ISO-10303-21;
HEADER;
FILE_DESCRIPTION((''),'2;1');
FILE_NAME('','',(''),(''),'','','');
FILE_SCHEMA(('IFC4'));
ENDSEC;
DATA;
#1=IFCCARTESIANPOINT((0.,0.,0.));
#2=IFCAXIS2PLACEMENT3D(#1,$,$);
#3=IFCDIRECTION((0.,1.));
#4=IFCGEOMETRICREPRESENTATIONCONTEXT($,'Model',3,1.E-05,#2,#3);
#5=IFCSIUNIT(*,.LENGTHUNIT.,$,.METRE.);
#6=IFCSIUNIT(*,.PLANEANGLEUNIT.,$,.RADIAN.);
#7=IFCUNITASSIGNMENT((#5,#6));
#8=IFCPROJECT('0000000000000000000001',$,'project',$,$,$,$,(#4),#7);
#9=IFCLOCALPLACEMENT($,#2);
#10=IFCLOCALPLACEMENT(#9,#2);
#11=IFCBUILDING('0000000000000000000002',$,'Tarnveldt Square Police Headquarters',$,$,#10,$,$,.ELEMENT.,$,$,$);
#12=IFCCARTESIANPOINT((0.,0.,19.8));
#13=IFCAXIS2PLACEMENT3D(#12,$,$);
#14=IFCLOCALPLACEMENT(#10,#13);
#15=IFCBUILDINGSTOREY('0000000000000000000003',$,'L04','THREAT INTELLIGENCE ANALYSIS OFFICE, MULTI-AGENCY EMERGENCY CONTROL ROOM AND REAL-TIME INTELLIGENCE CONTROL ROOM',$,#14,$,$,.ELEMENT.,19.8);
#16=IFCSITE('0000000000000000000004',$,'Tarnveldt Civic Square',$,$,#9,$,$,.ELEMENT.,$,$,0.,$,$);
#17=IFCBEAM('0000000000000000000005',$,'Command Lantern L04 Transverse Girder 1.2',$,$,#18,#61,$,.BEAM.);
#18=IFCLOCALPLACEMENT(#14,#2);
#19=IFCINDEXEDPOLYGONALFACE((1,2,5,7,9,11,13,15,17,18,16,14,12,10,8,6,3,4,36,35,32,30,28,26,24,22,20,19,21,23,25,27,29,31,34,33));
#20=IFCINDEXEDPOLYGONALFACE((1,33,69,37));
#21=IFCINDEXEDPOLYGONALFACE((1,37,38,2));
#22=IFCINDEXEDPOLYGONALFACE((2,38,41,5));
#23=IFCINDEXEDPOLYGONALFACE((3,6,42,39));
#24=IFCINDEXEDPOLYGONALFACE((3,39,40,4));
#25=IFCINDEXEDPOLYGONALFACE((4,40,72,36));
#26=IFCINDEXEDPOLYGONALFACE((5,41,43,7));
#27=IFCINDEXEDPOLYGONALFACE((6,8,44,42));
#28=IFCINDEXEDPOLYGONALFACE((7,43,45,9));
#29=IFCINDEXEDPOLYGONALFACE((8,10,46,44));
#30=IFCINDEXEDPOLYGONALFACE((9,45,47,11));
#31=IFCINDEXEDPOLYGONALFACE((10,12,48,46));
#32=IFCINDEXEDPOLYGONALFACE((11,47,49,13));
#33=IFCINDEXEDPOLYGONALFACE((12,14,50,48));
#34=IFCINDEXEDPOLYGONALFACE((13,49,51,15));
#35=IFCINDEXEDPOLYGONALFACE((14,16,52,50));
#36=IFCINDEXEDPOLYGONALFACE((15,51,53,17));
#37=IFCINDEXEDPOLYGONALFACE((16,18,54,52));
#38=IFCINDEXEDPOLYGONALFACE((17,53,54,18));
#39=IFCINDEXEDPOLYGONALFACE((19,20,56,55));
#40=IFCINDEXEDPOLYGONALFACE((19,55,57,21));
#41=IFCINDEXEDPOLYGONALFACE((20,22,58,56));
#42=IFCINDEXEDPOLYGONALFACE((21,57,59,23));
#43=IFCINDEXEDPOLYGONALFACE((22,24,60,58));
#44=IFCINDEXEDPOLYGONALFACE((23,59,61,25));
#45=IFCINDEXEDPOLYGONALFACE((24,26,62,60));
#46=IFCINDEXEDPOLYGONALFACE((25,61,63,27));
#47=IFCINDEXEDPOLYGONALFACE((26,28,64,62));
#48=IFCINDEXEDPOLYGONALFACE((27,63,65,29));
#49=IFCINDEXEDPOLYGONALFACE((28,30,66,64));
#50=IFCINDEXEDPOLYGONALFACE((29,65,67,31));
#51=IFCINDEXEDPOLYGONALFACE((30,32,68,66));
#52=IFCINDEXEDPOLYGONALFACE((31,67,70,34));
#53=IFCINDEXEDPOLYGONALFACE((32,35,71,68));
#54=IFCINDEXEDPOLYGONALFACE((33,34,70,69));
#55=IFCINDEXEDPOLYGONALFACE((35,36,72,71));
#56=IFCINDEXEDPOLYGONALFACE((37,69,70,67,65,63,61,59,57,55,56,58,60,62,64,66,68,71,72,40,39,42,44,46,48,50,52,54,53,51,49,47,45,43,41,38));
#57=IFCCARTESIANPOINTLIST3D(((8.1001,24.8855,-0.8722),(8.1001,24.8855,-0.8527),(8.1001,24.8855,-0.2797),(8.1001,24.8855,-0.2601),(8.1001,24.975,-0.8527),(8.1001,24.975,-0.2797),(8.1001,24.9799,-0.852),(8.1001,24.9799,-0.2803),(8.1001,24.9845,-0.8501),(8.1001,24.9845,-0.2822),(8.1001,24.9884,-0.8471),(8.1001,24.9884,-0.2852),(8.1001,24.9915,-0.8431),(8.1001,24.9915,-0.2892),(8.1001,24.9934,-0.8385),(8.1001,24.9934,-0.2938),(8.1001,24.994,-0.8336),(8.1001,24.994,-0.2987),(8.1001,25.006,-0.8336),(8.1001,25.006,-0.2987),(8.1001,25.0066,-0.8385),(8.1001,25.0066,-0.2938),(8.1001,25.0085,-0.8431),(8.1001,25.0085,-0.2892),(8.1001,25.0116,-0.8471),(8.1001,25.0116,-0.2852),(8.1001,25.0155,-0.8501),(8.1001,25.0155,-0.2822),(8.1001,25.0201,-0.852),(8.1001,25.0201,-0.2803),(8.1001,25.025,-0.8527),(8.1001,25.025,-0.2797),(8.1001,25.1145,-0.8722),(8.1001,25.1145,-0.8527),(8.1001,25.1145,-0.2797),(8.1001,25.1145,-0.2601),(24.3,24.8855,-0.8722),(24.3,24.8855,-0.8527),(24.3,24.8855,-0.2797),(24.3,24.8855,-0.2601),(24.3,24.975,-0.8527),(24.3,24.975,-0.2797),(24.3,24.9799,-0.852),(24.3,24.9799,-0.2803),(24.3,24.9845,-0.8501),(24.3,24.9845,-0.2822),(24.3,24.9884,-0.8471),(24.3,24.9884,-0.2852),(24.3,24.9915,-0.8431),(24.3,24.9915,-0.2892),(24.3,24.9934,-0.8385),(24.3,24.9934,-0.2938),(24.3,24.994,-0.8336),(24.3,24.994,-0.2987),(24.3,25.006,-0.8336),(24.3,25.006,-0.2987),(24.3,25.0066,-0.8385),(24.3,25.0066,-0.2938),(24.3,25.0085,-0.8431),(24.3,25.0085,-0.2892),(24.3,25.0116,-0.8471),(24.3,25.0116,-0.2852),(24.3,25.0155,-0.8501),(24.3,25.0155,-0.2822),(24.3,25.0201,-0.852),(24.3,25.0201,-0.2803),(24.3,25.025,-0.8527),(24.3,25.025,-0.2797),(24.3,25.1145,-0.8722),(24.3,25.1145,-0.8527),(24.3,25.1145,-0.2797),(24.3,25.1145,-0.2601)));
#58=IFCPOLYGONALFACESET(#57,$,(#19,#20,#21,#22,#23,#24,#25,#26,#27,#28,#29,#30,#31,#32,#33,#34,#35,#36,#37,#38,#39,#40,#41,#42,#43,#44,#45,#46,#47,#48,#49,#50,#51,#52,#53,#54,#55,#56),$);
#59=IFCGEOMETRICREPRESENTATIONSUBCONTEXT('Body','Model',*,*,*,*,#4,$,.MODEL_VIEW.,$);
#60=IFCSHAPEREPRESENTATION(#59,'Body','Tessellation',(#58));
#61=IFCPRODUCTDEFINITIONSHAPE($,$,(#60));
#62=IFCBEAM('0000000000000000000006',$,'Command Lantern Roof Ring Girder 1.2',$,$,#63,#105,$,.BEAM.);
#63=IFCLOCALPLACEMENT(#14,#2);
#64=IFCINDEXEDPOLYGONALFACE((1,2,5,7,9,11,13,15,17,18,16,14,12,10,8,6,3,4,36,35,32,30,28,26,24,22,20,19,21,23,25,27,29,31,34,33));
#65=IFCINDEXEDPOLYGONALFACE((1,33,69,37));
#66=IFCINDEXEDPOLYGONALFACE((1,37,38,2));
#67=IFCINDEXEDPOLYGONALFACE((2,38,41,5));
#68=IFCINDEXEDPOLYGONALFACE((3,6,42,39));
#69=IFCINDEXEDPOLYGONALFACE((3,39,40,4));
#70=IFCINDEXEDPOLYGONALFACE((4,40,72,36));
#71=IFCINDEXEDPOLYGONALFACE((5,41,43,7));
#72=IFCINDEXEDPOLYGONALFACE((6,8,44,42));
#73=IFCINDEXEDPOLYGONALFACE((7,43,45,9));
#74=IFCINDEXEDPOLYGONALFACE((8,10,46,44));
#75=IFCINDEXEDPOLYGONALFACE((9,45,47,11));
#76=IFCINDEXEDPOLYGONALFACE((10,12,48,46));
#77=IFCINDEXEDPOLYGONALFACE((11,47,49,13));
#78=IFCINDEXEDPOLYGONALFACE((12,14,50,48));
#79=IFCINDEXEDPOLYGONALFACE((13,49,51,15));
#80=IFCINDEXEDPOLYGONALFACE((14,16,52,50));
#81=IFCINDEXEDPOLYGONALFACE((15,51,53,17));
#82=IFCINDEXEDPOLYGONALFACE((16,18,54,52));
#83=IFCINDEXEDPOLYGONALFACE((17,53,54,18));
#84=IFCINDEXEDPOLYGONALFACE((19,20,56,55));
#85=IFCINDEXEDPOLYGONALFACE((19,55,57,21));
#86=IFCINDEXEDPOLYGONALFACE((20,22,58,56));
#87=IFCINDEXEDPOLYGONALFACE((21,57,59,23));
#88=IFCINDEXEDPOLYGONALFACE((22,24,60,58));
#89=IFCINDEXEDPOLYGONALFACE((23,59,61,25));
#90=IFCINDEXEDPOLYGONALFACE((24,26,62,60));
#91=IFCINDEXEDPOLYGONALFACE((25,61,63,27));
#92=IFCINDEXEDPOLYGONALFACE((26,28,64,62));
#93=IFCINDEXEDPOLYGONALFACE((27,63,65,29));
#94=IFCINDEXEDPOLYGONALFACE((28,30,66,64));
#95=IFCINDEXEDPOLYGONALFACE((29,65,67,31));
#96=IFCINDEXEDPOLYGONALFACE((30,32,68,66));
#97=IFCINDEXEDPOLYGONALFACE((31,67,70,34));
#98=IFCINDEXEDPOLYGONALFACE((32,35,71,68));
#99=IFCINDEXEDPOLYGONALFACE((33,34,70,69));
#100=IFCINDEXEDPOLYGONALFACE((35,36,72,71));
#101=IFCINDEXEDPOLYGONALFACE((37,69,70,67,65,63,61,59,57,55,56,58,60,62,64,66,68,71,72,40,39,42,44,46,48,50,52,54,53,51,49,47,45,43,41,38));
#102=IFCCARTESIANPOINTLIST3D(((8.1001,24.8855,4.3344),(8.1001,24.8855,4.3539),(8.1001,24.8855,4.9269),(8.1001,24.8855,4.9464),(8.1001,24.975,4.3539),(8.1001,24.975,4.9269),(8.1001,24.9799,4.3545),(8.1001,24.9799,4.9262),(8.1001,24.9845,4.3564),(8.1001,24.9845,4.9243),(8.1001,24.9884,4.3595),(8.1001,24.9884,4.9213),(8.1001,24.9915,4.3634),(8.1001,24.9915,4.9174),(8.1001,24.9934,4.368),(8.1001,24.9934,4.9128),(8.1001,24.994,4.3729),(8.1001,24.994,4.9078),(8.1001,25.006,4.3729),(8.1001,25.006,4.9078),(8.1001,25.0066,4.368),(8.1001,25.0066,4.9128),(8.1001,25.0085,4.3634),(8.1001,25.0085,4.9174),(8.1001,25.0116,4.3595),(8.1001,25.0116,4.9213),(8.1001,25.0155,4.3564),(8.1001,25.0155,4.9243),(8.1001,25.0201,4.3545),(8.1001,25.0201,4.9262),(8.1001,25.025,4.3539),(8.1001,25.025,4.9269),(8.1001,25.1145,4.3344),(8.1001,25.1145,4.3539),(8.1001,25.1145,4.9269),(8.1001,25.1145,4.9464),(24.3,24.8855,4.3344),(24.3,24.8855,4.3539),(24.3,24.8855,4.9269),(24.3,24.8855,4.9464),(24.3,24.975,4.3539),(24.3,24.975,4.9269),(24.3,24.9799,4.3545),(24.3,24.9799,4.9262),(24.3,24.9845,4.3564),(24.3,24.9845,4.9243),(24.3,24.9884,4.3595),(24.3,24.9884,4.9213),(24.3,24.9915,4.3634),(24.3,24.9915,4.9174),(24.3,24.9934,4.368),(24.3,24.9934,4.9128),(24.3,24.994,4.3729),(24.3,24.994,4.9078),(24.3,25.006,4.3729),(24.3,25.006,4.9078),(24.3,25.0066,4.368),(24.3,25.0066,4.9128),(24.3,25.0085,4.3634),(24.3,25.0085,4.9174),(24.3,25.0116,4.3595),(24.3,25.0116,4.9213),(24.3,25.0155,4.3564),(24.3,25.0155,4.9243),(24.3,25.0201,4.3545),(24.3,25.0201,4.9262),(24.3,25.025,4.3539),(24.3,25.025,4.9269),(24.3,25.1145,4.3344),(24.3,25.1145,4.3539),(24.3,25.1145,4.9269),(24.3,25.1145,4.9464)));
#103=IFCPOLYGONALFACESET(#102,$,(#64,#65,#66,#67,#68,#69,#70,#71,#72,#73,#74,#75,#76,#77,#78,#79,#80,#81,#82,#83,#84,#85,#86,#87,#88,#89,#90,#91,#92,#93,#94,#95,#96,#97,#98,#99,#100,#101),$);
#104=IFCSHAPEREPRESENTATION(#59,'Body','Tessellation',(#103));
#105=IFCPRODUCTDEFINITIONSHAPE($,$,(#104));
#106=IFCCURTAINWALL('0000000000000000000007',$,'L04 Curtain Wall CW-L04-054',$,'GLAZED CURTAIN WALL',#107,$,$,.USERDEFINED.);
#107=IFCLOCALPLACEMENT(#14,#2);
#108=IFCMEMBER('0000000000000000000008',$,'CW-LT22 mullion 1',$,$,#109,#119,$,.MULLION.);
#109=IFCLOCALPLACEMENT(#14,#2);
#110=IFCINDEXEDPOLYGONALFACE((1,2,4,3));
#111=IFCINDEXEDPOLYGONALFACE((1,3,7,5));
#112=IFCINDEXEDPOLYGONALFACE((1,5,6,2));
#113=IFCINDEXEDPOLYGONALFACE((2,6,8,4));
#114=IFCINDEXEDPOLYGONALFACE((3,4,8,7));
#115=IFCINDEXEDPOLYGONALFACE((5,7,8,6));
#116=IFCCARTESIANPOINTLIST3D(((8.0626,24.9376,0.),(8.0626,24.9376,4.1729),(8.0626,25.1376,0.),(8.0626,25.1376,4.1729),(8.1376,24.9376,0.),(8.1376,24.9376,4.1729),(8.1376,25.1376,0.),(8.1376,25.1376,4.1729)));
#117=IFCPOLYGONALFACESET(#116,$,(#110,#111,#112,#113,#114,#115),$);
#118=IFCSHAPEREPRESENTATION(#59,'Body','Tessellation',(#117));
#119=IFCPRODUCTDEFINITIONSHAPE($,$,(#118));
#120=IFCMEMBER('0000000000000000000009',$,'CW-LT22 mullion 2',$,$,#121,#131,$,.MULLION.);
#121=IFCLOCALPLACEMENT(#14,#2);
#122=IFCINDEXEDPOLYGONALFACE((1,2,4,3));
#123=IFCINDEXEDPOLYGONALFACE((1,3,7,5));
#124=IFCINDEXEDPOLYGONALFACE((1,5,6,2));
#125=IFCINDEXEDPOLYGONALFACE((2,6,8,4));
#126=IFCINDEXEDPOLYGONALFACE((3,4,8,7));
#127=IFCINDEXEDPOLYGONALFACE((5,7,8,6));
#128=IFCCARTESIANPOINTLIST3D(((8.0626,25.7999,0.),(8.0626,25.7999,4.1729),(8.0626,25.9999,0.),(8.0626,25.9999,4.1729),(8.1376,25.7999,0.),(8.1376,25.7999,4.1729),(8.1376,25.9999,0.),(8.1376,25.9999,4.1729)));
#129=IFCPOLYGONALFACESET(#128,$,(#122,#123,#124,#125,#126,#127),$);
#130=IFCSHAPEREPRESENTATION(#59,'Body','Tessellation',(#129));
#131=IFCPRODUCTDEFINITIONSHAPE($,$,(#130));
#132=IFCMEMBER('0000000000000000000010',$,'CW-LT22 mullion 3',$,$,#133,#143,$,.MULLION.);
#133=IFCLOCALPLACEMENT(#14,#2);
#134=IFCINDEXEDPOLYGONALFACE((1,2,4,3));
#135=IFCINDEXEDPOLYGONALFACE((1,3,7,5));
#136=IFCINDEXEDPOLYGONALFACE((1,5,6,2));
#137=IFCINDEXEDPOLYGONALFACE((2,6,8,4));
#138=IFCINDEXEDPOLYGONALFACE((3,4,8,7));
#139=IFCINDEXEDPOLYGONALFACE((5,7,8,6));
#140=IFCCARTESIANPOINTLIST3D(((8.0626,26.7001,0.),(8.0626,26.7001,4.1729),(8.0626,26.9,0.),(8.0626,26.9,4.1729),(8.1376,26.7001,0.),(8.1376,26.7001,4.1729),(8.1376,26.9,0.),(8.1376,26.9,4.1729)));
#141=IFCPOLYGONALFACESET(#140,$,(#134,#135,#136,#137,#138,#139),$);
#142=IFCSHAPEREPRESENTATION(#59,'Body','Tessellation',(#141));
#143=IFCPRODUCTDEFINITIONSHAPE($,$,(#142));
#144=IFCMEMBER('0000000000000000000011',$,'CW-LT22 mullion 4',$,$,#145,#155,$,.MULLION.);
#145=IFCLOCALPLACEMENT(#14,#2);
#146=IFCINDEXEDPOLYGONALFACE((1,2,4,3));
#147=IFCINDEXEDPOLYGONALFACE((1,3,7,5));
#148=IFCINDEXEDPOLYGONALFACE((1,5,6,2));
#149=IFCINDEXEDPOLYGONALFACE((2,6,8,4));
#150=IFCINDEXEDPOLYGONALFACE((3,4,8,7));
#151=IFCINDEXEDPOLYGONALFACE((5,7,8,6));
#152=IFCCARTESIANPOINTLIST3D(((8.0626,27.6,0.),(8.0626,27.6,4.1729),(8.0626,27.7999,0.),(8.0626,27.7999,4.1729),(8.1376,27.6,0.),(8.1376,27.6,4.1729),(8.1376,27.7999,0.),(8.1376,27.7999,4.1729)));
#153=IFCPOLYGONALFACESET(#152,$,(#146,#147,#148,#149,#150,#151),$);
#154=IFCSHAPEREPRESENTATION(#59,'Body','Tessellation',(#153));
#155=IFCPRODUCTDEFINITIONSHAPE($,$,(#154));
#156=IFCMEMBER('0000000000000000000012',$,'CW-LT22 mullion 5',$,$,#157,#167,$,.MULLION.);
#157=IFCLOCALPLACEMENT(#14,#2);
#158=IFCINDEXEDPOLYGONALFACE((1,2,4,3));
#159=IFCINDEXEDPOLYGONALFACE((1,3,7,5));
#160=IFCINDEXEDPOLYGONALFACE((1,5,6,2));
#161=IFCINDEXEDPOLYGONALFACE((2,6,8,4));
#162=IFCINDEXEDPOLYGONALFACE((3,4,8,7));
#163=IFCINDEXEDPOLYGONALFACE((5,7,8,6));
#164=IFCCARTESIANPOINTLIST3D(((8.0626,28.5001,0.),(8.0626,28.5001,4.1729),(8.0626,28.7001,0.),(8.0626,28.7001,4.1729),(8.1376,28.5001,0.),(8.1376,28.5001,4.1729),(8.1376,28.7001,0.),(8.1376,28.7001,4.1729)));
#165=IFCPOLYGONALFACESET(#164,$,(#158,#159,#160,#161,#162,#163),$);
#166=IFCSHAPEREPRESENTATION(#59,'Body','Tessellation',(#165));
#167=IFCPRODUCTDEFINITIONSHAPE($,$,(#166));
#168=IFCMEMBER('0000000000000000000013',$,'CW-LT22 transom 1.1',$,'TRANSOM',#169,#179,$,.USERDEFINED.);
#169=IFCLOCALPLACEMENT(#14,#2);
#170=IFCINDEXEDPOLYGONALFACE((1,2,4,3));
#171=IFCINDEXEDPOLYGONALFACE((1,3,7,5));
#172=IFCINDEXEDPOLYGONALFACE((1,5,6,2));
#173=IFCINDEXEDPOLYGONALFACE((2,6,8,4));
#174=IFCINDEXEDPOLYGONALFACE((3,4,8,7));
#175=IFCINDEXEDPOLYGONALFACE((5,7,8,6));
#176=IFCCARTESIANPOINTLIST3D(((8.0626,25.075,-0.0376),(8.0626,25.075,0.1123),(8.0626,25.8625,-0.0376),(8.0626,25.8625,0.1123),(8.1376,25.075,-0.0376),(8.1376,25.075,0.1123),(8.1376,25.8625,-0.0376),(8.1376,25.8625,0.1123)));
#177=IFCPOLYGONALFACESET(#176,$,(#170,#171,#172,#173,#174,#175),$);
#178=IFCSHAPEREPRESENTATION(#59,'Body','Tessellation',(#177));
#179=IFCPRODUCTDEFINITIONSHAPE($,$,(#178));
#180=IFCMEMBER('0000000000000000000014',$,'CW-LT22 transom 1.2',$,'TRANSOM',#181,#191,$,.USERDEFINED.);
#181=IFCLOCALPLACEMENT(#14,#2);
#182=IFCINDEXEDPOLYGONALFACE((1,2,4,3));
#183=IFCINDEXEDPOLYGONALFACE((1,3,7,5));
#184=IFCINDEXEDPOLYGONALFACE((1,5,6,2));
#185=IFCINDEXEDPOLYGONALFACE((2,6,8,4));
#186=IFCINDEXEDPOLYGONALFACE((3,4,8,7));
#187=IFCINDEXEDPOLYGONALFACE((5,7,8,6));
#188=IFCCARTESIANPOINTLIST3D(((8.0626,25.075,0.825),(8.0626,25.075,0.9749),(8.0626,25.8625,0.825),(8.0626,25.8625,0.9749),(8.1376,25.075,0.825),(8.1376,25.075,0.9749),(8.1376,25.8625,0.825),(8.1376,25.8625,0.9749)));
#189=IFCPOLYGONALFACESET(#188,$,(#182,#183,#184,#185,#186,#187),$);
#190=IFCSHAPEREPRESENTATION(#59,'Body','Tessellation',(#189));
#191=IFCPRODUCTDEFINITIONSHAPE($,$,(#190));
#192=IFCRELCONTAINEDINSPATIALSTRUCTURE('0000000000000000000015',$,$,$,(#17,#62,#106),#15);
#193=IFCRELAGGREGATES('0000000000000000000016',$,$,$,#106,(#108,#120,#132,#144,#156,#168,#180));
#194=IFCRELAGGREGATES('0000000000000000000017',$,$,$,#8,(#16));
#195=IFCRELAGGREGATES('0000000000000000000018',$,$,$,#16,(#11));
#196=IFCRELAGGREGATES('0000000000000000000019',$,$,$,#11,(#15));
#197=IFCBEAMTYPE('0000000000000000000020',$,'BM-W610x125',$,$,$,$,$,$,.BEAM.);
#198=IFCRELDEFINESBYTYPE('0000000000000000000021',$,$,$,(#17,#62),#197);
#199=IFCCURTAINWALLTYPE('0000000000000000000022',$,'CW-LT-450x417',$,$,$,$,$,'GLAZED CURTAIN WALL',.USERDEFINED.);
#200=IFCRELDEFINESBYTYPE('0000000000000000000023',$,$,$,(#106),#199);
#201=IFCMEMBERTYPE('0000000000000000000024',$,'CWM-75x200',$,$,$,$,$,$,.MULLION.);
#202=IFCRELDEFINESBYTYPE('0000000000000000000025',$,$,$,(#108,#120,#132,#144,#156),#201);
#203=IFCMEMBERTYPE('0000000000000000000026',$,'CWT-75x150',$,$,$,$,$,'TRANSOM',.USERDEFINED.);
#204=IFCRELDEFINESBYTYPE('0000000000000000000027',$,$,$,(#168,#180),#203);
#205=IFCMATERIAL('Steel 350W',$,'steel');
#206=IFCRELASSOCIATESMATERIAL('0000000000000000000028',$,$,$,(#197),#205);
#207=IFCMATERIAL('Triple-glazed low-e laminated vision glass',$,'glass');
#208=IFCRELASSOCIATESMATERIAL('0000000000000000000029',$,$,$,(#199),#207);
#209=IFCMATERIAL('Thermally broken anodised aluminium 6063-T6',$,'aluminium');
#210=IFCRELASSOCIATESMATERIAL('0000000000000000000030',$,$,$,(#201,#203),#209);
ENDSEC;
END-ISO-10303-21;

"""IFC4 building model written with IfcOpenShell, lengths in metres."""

from ifc_helpers import new_model, si_unit, direction, frame, origin, origin_2d, place, context, subcontext, project, spatial, rectangle, i_section, extrude, material, material_profile, profile_set, type_object, element, aggregate, save


model = new_model("IFC4")

# Units and contexts
model_context = context("Model", 3, precision=1e-05, world=origin(), true_north=direction((0.0, 1.0)))
body_context = subcontext(model_context, "Body", "Model", "MODEL_VIEW")
ifc_project = project(units=[si_unit("LENGTHUNIT", "METRE"), si_unit("PLANEANGLEUNIT", "RADIAN")], contexts=[model_context])

# Site, building, storey
site_placement = place(None, origin())
site = spatial("IfcSite", under=ifc_project, at=site_placement, Name="Tarnveldt Civic Square", CompositionType="ELEMENT", RefElevation=0.0)
building_placement = place(site_placement, origin())
building = spatial("IfcBuilding", under=site, at=building_placement, Name="Tarnveldt Square Police Headquarters", CompositionType="ELEMENT")
storey_placement = place(building_placement, frame((0.0, 0.0, 19.8)))
storey = spatial("IfcBuildingStorey", under=building, at=storey_placement, Name="L04", Description="THREAT INTELLIGENCE ANALYSIS OFFICE, MULTI-AGENCY EMERGENCY CONTROL ROOM AND REAL-TIME INTELLIGENCE CONTROL ROOM", CompositionType="ELEMENT", Elevation=19.8)

# Beams
ifc_material_1 = material(Name="Steel 350W", Category="steel")
ifc_material_profile_1 = material_profile(ifc_material_1, i_section(OverallWidth=0.229, OverallDepth=0.6121, WebThickness=0.012, FlangeThickness=0.0195, FilletRadius=0.019, at=origin_2d()), Name="W610x125")
ifc_profile_set_1 = profile_set([ifc_material_profile_1], Name="Steel 350W")
beam_type = type_object("IfcBeamType", Name="BM-W610x125", PredefinedType="BEAM", material=ifc_profile_set_1)
for number, where, z_axis, x_axis, name in (
    (1, (8.1001, 25.0, -0.5662), (1.0, 0.0, 0.0), (0.0, 1.0, 0.0), "Command Lantern L04 Transverse Girder 1.2"),
    (2, (8.1001, 25.0, 4.6404), (1.0, 0.0, 0.0), (0.0, 1.0, 0.0), "Command Lantern Roof Ring Girder 1.2"),
):
    element("IfcBeam", number, at=place(storey_placement, frame(where, z_axis=z_axis, x_axis=x_axis)), inside=storey, type_object=beam_type, Name=name, PredefinedType="BEAM", context=body_context, shape_type="SweptSolid", body=[
        extrude(i_section(OverallWidth=0.229, OverallDepth=0.6121, WebThickness=0.012, FlangeThickness=0.0195, FilletRadius=0.019, at=origin_2d()), origin(), (0.0, 0.0, 1.0), 16.2),
    ])

# Curtain wall, members
ifc_material_2 = material(Name="Triple-glazed low-e laminated vision glass", Category="glass")
curtain_wall_type = type_object("IfcCurtainWallType", Name="CW-LT-450x417", ElementType="GLAZED CURTAIN WALL", PredefinedType="USERDEFINED", material=ifc_material_2)
curtain_wall_placement = place(storey_placement, origin())
curtain_wall = element("IfcCurtainWall", 3, at=curtain_wall_placement, inside=storey, type_object=curtain_wall_type, Name="L04 Curtain Wall CW-L04-054", ObjectType="GLAZED CURTAIN WALL", PredefinedType="USERDEFINED")
ifc_material_3 = material(Name="Thermally broken anodised aluminium 6063-T6", Category="aluminium")
ifc_material_profile_2 = material_profile(ifc_material_3, rectangle(XDim=0.075, YDim=0.2, at=origin_2d()), Name="CW-M75x200")
ifc_profile_set_2 = profile_set([ifc_material_profile_2], Name="Thermally broken anodised aluminium 6063-T6")
member_type_1 = type_object("IfcMemberType", Name="CWM-75x200", PredefinedType="MULLION", material=ifc_profile_set_2)
member_1_placement = place(storey_placement, frame((8.1001, 25.0376, 0.0), z_axis=(0.0, 0.0, 1.0), x_axis=(-1.0, 0.0, 0.0)))
member_1 = element("IfcMember", 4, at=member_1_placement, type_object=member_type_1, Name="CW-LT22 mullion 1", PredefinedType="MULLION", context=body_context, shape_type="SweptSolid", body=[
    extrude(rectangle(XDim=0.075, YDim=0.2, at=origin_2d()), origin(), (0.0, 0.0, 1.0), 4.1729),
])
member_2_placement = place(storey_placement, frame((8.1001, 25.8999, 0.0), z_axis=(0.0, 0.0, 1.0), x_axis=(-1.0, 0.0, 0.0)))
member_2 = element("IfcMember", 5, at=member_2_placement, type_object=member_type_1, Name="CW-LT22 mullion 2", PredefinedType="MULLION", context=body_context, shape_type="SweptSolid", body=[
    extrude(rectangle(XDim=0.075, YDim=0.2, at=origin_2d()), origin(), (0.0, 0.0, 1.0), 4.1729),
])
member_3_placement = place(storey_placement, frame((8.1001, 26.8, 0.0), z_axis=(0.0, 0.0, 1.0), x_axis=(-1.0, 0.0, 0.0)))
member_3 = element("IfcMember", 6, at=member_3_placement, type_object=member_type_1, Name="CW-LT22 mullion 3", PredefinedType="MULLION", context=body_context, shape_type="SweptSolid", body=[
    extrude(rectangle(XDim=0.075, YDim=0.2, at=origin_2d()), origin(), (0.0, 0.0, 1.0), 4.1729),
])
member_4_placement = place(storey_placement, frame((8.1001, 27.7, 0.0), z_axis=(0.0, 0.0, 1.0), x_axis=(-1.0, 0.0, 0.0)))
member_4 = element("IfcMember", 7, at=member_4_placement, type_object=member_type_1, Name="CW-LT22 mullion 4", PredefinedType="MULLION", context=body_context, shape_type="SweptSolid", body=[
    extrude(rectangle(XDim=0.075, YDim=0.2, at=origin_2d()), origin(), (0.0, 0.0, 1.0), 4.1729),
])
member_5_placement = place(storey_placement, frame((8.1001, 28.6001, 0.0), z_axis=(0.0, 0.0, 1.0), x_axis=(-1.0, 0.0, 0.0)))
member_5 = element("IfcMember", 8, at=member_5_placement, type_object=member_type_1, Name="CW-LT22 mullion 5", PredefinedType="MULLION", context=body_context, shape_type="SweptSolid", body=[
    extrude(rectangle(XDim=0.075, YDim=0.2, at=origin_2d()), origin(), (0.0, 0.0, 1.0), 4.1729),
])
ifc_material_profile_3 = material_profile(ifc_material_3, rectangle(XDim=0.075, YDim=0.1499, at=origin_2d()), Name="CW-T75x150")
ifc_profile_set_3 = profile_set([ifc_material_profile_3], Name="Thermally broken anodised aluminium 6063-T6")
member_type_2 = type_object("IfcMemberType", Name="CWT-75x150", ElementType="TRANSOM", PredefinedType="USERDEFINED", material=ifc_profile_set_3)
member_6_placement = place(storey_placement, frame((8.1001, 25.075, 0.0374), z_axis=(0.0, 1.0, 0.0), x_axis=(-1.0, 0.0, 0.0)))
member_6 = element("IfcMember", 9, at=member_6_placement, type_object=member_type_2, Name="CW-LT22 transom 1.1", ObjectType="TRANSOM", PredefinedType="USERDEFINED", context=body_context, shape_type="SweptSolid", body=[
    extrude(rectangle(XDim=0.075, YDim=0.1499, at=origin_2d()), origin(), (0.0, 0.0, 1.0), 0.7876),
])
member_7_placement = place(storey_placement, frame((8.1001, 25.075, 0.8999), z_axis=(0.0, 1.0, 0.0), x_axis=(-1.0, 0.0, 0.0)))
member_7 = element("IfcMember", 10, at=member_7_placement, type_object=member_type_2, Name="CW-LT22 transom 1.2", ObjectType="TRANSOM", PredefinedType="USERDEFINED", context=body_context, shape_type="SweptSolid", body=[
    extrude(rectangle(XDim=0.075, YDim=0.1499, at=origin_2d()), origin(), (0.0, 0.0, 1.0), 0.7876),
])

aggregate(curtain_wall, [member_1, member_2, member_3, member_4, member_5, member_6, member_7])

save(model, "model.ifc")
